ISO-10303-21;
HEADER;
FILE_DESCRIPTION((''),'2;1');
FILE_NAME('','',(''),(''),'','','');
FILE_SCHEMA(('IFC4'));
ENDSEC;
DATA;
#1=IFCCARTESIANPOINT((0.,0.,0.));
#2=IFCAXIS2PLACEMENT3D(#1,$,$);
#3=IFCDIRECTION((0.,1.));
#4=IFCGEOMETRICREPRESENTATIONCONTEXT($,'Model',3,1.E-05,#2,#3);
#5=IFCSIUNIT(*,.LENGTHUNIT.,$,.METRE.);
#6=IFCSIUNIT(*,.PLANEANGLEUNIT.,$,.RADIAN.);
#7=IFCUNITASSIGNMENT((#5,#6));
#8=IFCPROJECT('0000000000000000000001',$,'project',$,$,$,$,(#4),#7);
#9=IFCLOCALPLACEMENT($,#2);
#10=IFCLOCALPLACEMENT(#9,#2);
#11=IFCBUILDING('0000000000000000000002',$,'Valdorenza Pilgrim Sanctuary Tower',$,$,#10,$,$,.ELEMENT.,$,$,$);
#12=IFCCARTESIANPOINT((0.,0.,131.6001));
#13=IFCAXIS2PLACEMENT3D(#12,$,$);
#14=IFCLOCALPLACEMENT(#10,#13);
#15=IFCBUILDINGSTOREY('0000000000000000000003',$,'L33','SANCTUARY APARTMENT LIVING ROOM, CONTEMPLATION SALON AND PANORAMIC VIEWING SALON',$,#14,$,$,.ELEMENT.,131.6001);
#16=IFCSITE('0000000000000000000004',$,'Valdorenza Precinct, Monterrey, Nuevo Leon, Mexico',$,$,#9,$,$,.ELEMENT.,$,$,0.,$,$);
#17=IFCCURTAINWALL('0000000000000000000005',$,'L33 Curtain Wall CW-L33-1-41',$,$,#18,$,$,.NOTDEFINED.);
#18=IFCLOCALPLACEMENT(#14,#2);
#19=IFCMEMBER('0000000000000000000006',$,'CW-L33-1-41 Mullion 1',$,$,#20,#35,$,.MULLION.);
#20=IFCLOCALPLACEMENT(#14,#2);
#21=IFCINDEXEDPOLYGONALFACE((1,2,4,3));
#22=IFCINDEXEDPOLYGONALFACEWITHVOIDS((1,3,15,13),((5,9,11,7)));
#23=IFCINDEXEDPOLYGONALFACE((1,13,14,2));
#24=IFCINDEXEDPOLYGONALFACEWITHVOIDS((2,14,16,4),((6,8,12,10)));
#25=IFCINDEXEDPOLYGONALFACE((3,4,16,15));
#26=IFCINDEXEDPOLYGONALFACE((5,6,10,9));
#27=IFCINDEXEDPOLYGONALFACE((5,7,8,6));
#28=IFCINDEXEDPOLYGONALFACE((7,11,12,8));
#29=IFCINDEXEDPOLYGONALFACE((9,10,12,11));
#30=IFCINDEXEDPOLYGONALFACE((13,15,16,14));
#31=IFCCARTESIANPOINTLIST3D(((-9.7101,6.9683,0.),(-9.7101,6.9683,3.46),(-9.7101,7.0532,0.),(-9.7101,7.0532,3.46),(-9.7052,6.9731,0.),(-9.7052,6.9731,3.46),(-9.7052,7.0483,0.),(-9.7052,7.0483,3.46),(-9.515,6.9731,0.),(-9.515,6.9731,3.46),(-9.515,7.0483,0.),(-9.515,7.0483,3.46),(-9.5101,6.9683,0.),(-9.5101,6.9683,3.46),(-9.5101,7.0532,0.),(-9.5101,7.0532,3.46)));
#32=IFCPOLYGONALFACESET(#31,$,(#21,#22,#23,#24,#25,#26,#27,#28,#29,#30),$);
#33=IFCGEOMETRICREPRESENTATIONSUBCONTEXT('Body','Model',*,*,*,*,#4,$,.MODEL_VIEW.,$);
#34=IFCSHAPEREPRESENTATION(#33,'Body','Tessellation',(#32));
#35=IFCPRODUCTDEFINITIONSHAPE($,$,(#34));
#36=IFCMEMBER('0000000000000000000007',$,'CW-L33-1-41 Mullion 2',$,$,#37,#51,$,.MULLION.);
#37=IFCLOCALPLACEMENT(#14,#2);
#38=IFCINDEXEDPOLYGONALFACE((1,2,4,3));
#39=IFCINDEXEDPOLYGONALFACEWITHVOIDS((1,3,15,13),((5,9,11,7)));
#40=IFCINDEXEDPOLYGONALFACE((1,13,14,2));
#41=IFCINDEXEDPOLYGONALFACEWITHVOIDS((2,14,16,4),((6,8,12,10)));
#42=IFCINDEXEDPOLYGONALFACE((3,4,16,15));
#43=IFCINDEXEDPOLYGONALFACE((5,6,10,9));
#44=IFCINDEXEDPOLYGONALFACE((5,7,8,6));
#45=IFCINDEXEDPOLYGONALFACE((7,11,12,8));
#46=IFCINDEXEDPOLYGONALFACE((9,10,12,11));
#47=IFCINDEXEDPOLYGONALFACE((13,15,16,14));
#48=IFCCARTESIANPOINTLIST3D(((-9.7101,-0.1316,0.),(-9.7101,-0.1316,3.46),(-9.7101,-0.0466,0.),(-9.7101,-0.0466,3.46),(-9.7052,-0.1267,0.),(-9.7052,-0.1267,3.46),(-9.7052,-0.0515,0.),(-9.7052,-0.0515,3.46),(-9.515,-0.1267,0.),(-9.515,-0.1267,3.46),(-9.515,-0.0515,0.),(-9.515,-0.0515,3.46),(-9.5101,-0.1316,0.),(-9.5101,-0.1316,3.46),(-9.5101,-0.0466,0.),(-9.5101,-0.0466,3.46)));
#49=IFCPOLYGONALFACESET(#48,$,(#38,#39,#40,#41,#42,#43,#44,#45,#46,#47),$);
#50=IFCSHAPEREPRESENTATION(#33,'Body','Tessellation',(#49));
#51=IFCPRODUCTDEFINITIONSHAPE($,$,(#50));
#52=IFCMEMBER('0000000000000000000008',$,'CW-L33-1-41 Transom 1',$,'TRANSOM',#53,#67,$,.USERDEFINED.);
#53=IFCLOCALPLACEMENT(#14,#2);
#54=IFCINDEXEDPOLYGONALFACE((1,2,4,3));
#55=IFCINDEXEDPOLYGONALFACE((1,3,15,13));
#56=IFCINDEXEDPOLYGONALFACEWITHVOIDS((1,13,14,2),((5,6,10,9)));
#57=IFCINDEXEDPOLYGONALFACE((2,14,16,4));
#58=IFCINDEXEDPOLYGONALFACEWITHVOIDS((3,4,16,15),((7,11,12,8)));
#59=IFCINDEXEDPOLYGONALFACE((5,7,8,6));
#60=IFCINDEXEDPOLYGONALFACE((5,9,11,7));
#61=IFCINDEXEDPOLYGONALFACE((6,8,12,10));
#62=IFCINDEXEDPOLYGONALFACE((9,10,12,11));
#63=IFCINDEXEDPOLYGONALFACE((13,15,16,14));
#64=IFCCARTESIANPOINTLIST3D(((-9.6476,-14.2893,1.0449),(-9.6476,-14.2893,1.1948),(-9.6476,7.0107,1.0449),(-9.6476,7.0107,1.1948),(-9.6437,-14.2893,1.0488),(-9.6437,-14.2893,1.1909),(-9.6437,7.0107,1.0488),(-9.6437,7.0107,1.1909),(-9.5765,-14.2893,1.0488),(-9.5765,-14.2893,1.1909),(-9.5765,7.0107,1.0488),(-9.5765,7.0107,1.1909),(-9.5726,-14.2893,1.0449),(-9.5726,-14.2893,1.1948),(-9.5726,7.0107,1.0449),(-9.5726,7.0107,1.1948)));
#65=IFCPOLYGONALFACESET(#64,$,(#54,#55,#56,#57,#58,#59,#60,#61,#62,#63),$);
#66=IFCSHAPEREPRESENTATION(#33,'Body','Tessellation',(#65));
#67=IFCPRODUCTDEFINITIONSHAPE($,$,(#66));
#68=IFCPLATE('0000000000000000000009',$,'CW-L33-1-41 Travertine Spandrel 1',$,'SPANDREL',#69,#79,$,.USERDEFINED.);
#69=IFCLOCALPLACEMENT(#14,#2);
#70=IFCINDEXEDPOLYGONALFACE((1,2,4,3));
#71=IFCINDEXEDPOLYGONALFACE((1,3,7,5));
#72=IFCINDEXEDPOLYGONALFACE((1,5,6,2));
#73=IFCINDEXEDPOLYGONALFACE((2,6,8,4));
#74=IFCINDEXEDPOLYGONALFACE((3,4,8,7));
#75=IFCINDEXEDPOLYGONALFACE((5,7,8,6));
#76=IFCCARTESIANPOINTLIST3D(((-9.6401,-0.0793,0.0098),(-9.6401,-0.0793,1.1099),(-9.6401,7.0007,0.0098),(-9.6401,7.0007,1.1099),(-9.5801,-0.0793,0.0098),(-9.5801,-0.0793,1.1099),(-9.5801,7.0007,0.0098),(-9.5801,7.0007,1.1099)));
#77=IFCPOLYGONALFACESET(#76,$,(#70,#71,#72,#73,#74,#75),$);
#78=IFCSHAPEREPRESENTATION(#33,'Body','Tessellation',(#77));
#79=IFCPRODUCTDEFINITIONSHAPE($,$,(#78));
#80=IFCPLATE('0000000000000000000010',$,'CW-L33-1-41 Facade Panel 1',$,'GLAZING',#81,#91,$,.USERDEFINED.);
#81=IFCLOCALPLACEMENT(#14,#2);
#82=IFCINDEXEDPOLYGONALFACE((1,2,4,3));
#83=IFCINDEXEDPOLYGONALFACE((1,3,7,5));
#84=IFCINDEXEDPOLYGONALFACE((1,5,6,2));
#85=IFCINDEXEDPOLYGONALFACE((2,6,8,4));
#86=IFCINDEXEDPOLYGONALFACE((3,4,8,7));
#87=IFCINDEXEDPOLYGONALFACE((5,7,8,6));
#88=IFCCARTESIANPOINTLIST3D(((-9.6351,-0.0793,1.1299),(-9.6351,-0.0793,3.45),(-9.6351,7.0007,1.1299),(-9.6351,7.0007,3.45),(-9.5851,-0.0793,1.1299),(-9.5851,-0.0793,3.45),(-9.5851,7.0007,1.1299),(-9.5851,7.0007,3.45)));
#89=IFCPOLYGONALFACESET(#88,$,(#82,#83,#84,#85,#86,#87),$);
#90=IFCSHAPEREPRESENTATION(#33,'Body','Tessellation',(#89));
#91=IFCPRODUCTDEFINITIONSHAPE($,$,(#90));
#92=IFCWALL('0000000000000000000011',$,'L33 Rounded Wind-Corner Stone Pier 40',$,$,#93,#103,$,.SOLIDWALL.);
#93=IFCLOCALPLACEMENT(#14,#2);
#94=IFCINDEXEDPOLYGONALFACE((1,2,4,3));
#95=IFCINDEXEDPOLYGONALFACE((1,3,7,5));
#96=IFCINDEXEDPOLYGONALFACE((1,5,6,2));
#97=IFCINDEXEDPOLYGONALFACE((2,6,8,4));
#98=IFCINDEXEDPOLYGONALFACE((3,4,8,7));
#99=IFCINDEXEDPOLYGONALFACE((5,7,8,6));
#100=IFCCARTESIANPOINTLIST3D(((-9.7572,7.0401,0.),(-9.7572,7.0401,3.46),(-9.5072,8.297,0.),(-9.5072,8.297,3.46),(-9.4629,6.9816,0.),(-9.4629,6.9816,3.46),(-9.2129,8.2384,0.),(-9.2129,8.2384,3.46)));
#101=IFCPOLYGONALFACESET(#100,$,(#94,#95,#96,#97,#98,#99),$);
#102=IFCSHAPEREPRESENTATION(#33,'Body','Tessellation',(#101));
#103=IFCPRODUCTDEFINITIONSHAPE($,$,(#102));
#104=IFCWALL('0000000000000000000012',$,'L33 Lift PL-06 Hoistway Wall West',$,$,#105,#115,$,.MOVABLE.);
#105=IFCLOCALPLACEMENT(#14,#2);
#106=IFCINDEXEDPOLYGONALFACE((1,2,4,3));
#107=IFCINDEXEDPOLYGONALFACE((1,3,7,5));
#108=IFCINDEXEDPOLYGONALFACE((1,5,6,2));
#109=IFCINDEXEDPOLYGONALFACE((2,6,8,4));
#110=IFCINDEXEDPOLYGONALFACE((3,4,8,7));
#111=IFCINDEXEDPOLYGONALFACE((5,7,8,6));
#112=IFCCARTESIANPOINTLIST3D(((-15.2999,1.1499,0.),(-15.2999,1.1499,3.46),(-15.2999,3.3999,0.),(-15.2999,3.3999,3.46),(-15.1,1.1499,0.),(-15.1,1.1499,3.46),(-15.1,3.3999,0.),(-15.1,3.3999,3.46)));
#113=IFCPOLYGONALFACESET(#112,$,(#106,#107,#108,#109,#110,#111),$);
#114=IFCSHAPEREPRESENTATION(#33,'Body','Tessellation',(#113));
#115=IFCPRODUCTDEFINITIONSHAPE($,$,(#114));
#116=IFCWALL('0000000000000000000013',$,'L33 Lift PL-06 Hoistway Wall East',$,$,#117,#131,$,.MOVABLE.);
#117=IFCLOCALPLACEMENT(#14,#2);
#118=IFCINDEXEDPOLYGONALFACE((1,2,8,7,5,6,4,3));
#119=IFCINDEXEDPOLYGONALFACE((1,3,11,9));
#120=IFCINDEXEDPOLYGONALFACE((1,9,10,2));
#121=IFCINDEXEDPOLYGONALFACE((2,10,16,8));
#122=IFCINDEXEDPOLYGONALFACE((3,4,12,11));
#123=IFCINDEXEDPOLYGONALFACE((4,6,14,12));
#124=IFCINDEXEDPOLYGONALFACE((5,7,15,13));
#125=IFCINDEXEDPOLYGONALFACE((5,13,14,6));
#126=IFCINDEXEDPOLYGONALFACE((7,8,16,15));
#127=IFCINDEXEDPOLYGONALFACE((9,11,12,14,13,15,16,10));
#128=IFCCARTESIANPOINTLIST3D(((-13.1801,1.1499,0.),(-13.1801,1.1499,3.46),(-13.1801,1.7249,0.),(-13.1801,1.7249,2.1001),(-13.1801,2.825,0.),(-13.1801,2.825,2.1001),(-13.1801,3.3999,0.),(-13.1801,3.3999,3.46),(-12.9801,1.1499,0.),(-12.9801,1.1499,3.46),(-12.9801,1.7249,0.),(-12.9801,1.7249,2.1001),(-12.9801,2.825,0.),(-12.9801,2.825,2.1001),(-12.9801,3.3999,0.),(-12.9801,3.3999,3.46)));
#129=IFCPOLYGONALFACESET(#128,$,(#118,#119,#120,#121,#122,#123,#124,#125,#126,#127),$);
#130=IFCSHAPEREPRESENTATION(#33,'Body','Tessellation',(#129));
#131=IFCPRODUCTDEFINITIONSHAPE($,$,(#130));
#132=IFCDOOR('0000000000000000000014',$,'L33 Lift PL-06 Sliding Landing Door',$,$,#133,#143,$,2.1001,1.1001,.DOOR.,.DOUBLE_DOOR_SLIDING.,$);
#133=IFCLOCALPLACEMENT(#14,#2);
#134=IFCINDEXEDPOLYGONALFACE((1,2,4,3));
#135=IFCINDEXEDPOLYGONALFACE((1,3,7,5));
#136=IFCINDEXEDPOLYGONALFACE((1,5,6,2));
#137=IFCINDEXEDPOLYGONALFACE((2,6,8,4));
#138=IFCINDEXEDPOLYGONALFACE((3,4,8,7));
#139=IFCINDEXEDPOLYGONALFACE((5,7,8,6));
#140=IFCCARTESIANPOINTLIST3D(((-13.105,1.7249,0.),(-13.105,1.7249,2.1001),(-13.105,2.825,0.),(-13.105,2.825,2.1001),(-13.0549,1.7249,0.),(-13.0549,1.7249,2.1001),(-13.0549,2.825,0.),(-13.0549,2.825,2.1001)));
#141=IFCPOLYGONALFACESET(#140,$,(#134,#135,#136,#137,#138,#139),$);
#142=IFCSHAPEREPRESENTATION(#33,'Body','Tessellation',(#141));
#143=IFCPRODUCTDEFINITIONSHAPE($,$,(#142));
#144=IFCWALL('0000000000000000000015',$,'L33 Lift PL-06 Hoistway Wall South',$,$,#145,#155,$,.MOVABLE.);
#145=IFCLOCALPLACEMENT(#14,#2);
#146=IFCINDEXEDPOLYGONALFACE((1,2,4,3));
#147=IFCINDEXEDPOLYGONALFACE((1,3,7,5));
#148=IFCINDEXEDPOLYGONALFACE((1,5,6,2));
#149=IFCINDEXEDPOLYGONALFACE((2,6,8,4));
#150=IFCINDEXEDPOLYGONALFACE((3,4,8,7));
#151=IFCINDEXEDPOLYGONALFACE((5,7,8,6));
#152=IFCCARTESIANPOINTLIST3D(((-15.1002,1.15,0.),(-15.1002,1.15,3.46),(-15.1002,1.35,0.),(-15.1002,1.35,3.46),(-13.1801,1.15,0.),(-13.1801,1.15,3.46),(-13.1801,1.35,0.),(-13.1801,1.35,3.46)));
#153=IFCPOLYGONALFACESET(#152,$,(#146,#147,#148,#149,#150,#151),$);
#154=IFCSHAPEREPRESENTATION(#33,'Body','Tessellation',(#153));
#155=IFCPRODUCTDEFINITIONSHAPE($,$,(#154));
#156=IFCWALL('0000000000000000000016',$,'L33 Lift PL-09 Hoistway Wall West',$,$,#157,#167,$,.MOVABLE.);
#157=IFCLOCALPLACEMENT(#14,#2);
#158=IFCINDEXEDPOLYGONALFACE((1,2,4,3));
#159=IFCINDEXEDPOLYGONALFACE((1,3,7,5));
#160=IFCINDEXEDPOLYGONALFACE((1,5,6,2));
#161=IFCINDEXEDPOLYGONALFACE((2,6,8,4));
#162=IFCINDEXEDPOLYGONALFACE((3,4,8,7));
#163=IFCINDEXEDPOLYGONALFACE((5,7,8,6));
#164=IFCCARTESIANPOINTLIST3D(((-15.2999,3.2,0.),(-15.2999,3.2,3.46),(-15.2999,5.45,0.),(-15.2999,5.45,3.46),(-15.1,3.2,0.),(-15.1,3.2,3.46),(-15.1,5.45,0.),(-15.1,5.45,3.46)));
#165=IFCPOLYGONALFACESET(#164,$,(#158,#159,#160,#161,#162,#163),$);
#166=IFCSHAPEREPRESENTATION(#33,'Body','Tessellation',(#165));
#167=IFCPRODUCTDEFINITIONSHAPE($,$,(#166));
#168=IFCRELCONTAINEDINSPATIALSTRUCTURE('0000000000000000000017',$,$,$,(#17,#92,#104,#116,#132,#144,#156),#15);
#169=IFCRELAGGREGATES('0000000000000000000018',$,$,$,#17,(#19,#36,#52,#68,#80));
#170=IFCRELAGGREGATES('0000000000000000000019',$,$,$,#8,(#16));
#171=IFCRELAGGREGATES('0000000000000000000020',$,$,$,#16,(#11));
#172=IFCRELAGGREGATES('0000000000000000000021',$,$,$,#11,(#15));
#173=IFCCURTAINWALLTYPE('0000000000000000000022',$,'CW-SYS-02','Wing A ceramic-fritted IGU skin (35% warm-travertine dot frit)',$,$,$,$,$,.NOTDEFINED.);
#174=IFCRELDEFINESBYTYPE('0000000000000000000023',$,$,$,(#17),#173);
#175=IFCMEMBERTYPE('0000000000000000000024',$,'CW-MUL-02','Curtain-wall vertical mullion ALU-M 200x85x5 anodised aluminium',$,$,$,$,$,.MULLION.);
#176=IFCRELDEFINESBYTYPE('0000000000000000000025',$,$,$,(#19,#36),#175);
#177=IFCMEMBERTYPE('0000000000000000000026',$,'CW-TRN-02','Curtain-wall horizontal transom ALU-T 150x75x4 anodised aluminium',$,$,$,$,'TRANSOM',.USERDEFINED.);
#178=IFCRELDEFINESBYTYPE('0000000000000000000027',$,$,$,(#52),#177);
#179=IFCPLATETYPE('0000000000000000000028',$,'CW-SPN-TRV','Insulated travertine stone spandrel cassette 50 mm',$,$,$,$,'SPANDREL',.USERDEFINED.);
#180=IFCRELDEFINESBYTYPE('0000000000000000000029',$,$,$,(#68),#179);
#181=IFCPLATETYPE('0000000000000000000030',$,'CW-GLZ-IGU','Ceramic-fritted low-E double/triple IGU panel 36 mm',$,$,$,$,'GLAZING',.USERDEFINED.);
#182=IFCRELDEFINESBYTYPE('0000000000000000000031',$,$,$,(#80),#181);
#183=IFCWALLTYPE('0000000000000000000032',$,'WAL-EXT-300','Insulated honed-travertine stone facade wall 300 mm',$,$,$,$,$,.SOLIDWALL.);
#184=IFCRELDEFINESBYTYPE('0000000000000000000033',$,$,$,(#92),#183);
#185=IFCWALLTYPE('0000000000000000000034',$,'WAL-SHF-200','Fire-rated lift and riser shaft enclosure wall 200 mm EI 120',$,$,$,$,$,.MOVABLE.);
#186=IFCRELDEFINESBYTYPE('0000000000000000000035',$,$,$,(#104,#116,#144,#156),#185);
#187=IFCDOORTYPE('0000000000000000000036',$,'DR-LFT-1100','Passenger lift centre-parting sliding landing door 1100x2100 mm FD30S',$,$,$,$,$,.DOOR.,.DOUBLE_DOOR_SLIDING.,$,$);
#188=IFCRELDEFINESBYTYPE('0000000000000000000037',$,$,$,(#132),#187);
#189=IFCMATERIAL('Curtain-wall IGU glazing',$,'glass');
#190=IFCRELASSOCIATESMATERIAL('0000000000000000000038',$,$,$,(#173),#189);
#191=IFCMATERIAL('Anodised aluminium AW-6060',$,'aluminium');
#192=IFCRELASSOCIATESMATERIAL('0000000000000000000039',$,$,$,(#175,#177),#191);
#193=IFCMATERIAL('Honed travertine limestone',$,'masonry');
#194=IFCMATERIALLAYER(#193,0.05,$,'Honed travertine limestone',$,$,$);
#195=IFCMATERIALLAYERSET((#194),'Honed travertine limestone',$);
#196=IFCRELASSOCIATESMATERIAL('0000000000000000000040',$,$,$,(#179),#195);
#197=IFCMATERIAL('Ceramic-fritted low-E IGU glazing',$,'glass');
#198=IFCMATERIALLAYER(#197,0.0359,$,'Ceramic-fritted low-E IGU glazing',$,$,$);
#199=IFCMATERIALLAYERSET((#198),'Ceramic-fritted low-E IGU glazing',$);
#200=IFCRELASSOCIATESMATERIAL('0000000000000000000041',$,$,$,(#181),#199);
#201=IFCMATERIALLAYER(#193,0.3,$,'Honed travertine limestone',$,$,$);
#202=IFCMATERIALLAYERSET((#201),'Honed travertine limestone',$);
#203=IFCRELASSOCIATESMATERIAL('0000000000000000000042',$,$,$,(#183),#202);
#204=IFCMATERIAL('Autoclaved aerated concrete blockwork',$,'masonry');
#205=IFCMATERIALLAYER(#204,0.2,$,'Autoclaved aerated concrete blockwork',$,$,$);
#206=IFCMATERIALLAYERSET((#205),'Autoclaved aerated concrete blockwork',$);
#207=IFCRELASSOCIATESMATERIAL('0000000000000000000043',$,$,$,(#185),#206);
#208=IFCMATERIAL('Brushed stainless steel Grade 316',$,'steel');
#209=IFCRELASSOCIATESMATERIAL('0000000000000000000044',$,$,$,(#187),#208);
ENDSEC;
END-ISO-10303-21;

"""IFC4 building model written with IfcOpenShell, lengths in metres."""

from ifc_helpers import new_model, si_unit, direction, frame, frame_2d, origin, origin_2d, place, context, subcontext, project, spatial, rectangle, hollow_rectangle, extrude, source, transform, mapped, material, layer, layer_set, material_profile, profile_set, type_object, element, fill, aggregate, save


model = new_model("IFC4")

# Units and contexts
model_context = context("Model", 3, precision=1e-05, world=origin(), true_north=direction((0.0, 1.0)))
body_context = subcontext(model_context, "Body", "Model", "MODEL_VIEW")
ifc_project = project(units=[si_unit("LENGTHUNIT", "METRE"), si_unit("PLANEANGLEUNIT", "RADIAN")], contexts=[model_context])

# Site, building, storey
site_placement = place(None, origin())
site = spatial("IfcSite", under=ifc_project, at=site_placement, Name="Valdorenza Precinct, Monterrey, Nuevo Leon, Mexico", CompositionType="ELEMENT", RefElevation=0.0)
building_placement = place(site_placement, origin())
building = spatial("IfcBuilding", under=site, at=building_placement, Name="Valdorenza Pilgrim Sanctuary Tower", CompositionType="ELEMENT")
storey_placement = place(building_placement, frame((0.0, 0.0, 131.6001)))
storey = spatial("IfcBuildingStorey", under=building, at=storey_placement, Name="L33", Description="SANCTUARY APARTMENT LIVING ROOM, CONTEMPLATION SALON AND PANORAMIC VIEWING SALON", CompositionType="ELEMENT", Elevation=131.6001)

# Curtain wall, members, plates
ifc_material_1 = material(Name="Curtain-wall IGU glazing", Category="glass")
curtain_wall_type = type_object("IfcCurtainWallType", Name="CW-SYS-02", Description="Wing A ceramic-fritted IGU skin (35% warm-travertine dot frit)", PredefinedType="NOTDEFINED", material=ifc_material_1)
curtain_wall_placement = place(storey_placement, origin())
curtain_wall = element("IfcCurtainWall", 1, at=curtain_wall_placement, inside=storey, type_object=curtain_wall_type, Name="L33 Curtain Wall CW-L33-1-41", PredefinedType="NOTDEFINED")
ifc_material_2 = material(Name="Anodised aluminium AW-6060", Category="aluminium")
ifc_material_profile_1 = material_profile(ifc_material_2, hollow_rectangle(XDim=0.085, YDim=0.2, WallThickness=0.0049, at=origin_2d()), Name="ALU-M 200x85x5")
ifc_profile_set_1 = profile_set([ifc_material_profile_1], Name="Anodised aluminium AW-6060")
member_type_1 = type_object("IfcMemberType", Name="CW-MUL-02", Description="Curtain-wall vertical mullion ALU-M 200x85x5 anodised aluminium", PredefinedType="MULLION", material=ifc_profile_set_1)
shared_shape_1 = source(origin(), body_context, "Body", "SweptSolid", [
    extrude(hollow_rectangle(XDim=0.085, YDim=0.2, WallThickness=0.0049, at=origin_2d()), origin(), (0.0, 0.0, 1.0), 3.46),
])
member_1_placement = place(storey_placement, frame((-9.6101, 7.0107, 0.0), z_axis=(0.0, 0.0, 1.0), x_axis=(0.0, -1.0, 0.0)))
member_1 = element("IfcMember", 2, at=member_1_placement, type_object=member_type_1, Name="CW-L33-1-41 Mullion 1", PredefinedType="MULLION", context=body_context, shape_type="MappedRepresentation", body=[
    mapped(shared_shape_1, transform((0.0, 0.0, 0.0), x_axis=(1.0, 0.0, 0.0), y_axis=(0.0, 1.0, 0.0), z_axis=(0.0, 0.0, 1.0), scale=1.0)),
])
member_2_placement = place(storey_placement, frame((-9.6101, -0.0891, 0.0), z_axis=(0.0, 0.0, 1.0), x_axis=(0.0, -1.0, 0.0)))
member_2 = element("IfcMember", 3, at=member_2_placement, type_object=member_type_1, Name="CW-L33-1-41 Mullion 2", PredefinedType="MULLION", context=body_context, shape_type="MappedRepresentation", body=[
    mapped(shared_shape_1, transform((0.0, 0.0, 0.0), x_axis=(1.0, 0.0, 0.0), y_axis=(0.0, 1.0, 0.0), z_axis=(0.0, 0.0, 1.0), scale=1.0)),
])
ifc_material_profile_2 = material_profile(ifc_material_2, hollow_rectangle(XDim=0.075, YDim=0.1499, WallThickness=0.0039, at=origin_2d()), Name="ALU-T 150x75x4")
ifc_profile_set_2 = profile_set([ifc_material_profile_2], Name="Anodised aluminium AW-6060")
member_type_2 = type_object("IfcMemberType", Name="CW-TRN-02", Description="Curtain-wall horizontal transom ALU-T 150x75x4 anodised aluminium", ElementType="TRANSOM", PredefinedType="USERDEFINED", material=ifc_profile_set_2)
shared_shape_2 = source(origin(), body_context, "Body", "SweptSolid", [
    extrude(hollow_rectangle(XDim=0.075, YDim=0.1499, WallThickness=0.0039, at=origin_2d()), origin(), (0.0, 0.0, 1.0), 21.3),
])
member_3_placement = place(storey_placement, frame((-9.6101, 7.0107, 1.1199), z_axis=(0.0, -1.0, 0.0), x_axis=(1.0, 0.0, 0.0)))
member_3 = element("IfcMember", 4, at=member_3_placement, type_object=member_type_2, Name="CW-L33-1-41 Transom 1", ObjectType="TRANSOM", PredefinedType="USERDEFINED", context=body_context, shape_type="MappedRepresentation", body=[
    mapped(shared_shape_2, transform((0.0, 0.0, 0.0), x_axis=(1.0, 0.0, 0.0), y_axis=(0.0, 1.0, 0.0), z_axis=(0.0, 0.0, 1.0), scale=1.0)),
])
ifc_material_3 = material(Name="Honed travertine limestone", Category="masonry")
ifc_layer_1 = layer(ifc_material_3, 0.05, Name="Honed travertine limestone")
ifc_layer_set_1 = layer_set([ifc_layer_1], Name="Honed travertine limestone")
plate_type_1 = type_object("IfcPlateType", Name="CW-SPN-TRV", Description="Insulated travertine stone spandrel cassette 50 mm", ElementType="SPANDREL", PredefinedType="USERDEFINED", material=ifc_layer_set_1)
shared_shape_3 = source(origin(), body_context, "Body", "SweptSolid", [
    extrude(rectangle(XDim=7.0801, YDim=0.0601, at=origin_2d()), origin(), (0.0, 0.0, 1.0), 1.1001),
])
plate_1_placement = place(storey_placement, frame((-9.6101, 3.4607, 0.0098), z_axis=(0.0, 0.0, 1.0), x_axis=(0.0, -1.0, 0.0)))
plate_1 = element("IfcPlate", 5, at=plate_1_placement, type_object=plate_type_1, Name="CW-L33-1-41 Travertine Spandrel 1", ObjectType="SPANDREL", PredefinedType="USERDEFINED", context=body_context, shape_type="MappedRepresentation", body=[
    mapped(shared_shape_3, transform((0.0, 0.0, 0.0), x_axis=(1.0, 0.0, 0.0), y_axis=(0.0, 1.0, 0.0), z_axis=(0.0, 0.0, 1.0), scale=1.0)),
])
ifc_material_4 = material(Name="Ceramic-fritted low-E IGU glazing", Category="glass")
ifc_layer_2 = layer(ifc_material_4, 0.0359, Name="Ceramic-fritted low-E IGU glazing")
ifc_layer_set_2 = layer_set([ifc_layer_2], Name="Ceramic-fritted low-E IGU glazing")
plate_type_2 = type_object("IfcPlateType", Name="CW-GLZ-IGU", Description="Ceramic-fritted low-E double/triple IGU panel 36 mm", ElementType="GLAZING", PredefinedType="USERDEFINED", material=ifc_layer_set_2)
shared_shape_4 = source(origin(), body_context, "Body", "SweptSolid", [
    extrude(rectangle(XDim=7.0801, YDim=0.05, at=origin_2d()), origin(), (0.0, 0.0, 1.0), 2.3201),
])
plate_2_placement = place(storey_placement, frame((-9.6101, 3.4607, 1.1299), z_axis=(0.0, 0.0, 1.0), x_axis=(0.0, -1.0, 0.0)))
plate_2 = element("IfcPlate", 6, at=plate_2_placement, type_object=plate_type_2, Name="CW-L33-1-41 Facade Panel 1", ObjectType="GLAZING", PredefinedType="USERDEFINED", context=body_context, shape_type="MappedRepresentation", body=[
    mapped(shared_shape_4, transform((0.0, 0.0, 0.0), x_axis=(1.0, 0.0, 0.0), y_axis=(0.0, 1.0, 0.0), z_axis=(0.0, 0.0, 1.0), scale=1.0)),
])
aggregate(curtain_wall, [member_1, member_2, member_3, plate_1, plate_2])

# Wall
ifc_layer_3 = layer(ifc_material_3, 0.3, Name="Honed travertine limestone")
ifc_layer_set_3 = layer_set([ifc_layer_3], Name="Honed travertine limestone")
wall_type_1 = type_object("IfcWallType", Name="WAL-EXT-300", Description="Insulated honed-travertine stone facade wall 300 mm", PredefinedType="SOLIDWALL", material=ifc_layer_set_3)
wall_1_placement = place(storey_placement, frame((-9.3601, 8.2676, 0.0), z_axis=(0.0, 0.0, 1.0), x_axis=(-0.19509, -0.980785, 0.0)))
element("IfcWall", 7, at=wall_1_placement, inside=storey, type_object=wall_type_1, Name="L33 Rounded Wind-Corner Stone Pier 40", PredefinedType="SOLIDWALL", context=body_context, shape_type="SweptSolid", body=[
    extrude(rectangle(XDim=1.2815, YDim=0.3, at=frame_2d((0.6406, 0.0))), origin(), (0.0, 0.0, 1.0), 3.46),
])

# Wall
ifc_material_5 = material(Name="Autoclaved aerated concrete blockwork", Category="masonry")
ifc_layer_4 = layer(ifc_material_5, 0.2, Name="Autoclaved aerated concrete blockwork")
ifc_layer_set_4 = layer_set([ifc_layer_4], Name="Autoclaved aerated concrete blockwork")
wall_type_2 = type_object("IfcWallType", Name="WAL-SHF-200", Description="Fire-rated lift and riser shaft enclosure wall 200 mm EI 120", PredefinedType="MOVABLE", material=ifc_layer_set_4)
wall_2_placement = place(storey_placement, frame((-15.2, 1.1499, 0.0), z_axis=(0.0, 0.0, 1.0), x_axis=(0.0, 1.0, 0.0)))
element("IfcWall", 8, at=wall_2_placement, inside=storey, type_object=wall_type_2, Name="L33 Lift PL-06 Hoistway Wall West", PredefinedType="MOVABLE", context=body_context, shape_type="SweptSolid", body=[
    extrude(rectangle(XDim=2.25, YDim=0.2, at=frame_2d((1.125, 0.0))), origin(), (0.0, 0.0, 1.0), 3.46),
])

# Wall, opening, door
wall_3_placement = place(storey_placement, frame((-13.0801, 1.1499, 0.0), z_axis=(0.0, 0.0, 1.0), x_axis=(0.0, 1.0, 0.0)))
wall_3 = element("IfcWall", 9, at=wall_3_placement, inside=storey, type_object=wall_type_2, Name="L33 Lift PL-06 Hoistway Wall East", PredefinedType="MOVABLE", context=body_context, shape_type="SweptSolid", body=[
    extrude(rectangle(XDim=2.25, YDim=0.2, at=frame_2d((1.125, 0.0))), origin(), (0.0, 0.0, 1.0), 3.46),
])
opening_1_placement = place(wall_3_placement, frame((0.575, 0.0, 0.0)))
opening_1 = element("IfcOpeningElement", 10, at=opening_1_placement, cuts=wall_3, PredefinedType="OPENING", context=body_context, shape_type="SweptSolid", body=[
    extrude(rectangle(XDim=1.1001, YDim=2.1001, at=frame_2d((0.55, 1.05))), frame((0.0, 0.1147, 0.0), z_axis=(0.0, -1.0, 0.0), x_axis=(1.0, 0.0, 0.0)), (0.0, 0.0, 1.0), 0.2297),
])
ifc_material_6 = material(Name="Brushed stainless steel Grade 316", Category="steel")
door_type_1 = type_object("IfcDoorType", Name="DR-LFT-1100", Description="Passenger lift centre-parting sliding landing door 1100x2100 mm FD30S", OperationType="DOUBLE_DOOR_SLIDING", PredefinedType="DOOR", material=ifc_material_6)
door_1_placement = place(opening_1_placement, origin())
door_1 = element("IfcDoor", 11, at=door_1_placement, inside=storey, type_object=door_type_1, Name="L33 Lift PL-06 Sliding Landing Door", OperationType="DOUBLE_DOOR_SLIDING", OverallHeight=2.1001, OverallWidth=1.1001, PredefinedType="DOOR", context=body_context, shape_type="SweptSolid", body=[
    extrude(rectangle(XDim=1.1001, YDim=2.1001, at=frame_2d((0.55, 1.05))), frame((0.0, 0.0249, 0.0), z_axis=(0.0, -1.0, 0.0), x_axis=(1.0, 0.0, 0.0)), (0.0, 0.0, 1.0), 0.05),
])
fill(opening_1, door_1)

# Walls
wall_4_placement = place(storey_placement, frame((-15.1001, 1.25, 0.0), z_axis=(0.0, 0.0, 1.0), x_axis=(1.0, 0.0, 0.0)))
element("IfcWall", 12, at=wall_4_placement, inside=storey, type_object=wall_type_2, Name="L33 Lift PL-06 Hoistway Wall South", PredefinedType="MOVABLE", context=body_context, shape_type="SweptSolid", body=[
    extrude(rectangle(XDim=1.9202, YDim=0.2, at=frame_2d((0.96, 0.0))), origin(), (0.0, 0.0, 1.0), 3.46),
])
for number, where, z_axis, x_axis, name in (
    (13, (-15.2, 3.2, 0.0), (0.0, 0.0, 1.0), (0.0, 1.0, 0.0), "L33 Lift PL-09 Hoistway Wall West"),
):
    element("IfcWall", number, at=place(storey_placement, frame(where, z_axis=z_axis, x_axis=x_axis)), inside=storey, type_object=wall_type_2, Name=name, PredefinedType="MOVABLE", context=body_context, shape_type="SweptSolid", body=[
        extrude(rectangle(XDim=2.25, YDim=0.2, at=frame_2d((1.125, 0.0))), origin(), (0.0, 0.0, 1.0), 3.46),
    ])

save(model, "model.ifc")
